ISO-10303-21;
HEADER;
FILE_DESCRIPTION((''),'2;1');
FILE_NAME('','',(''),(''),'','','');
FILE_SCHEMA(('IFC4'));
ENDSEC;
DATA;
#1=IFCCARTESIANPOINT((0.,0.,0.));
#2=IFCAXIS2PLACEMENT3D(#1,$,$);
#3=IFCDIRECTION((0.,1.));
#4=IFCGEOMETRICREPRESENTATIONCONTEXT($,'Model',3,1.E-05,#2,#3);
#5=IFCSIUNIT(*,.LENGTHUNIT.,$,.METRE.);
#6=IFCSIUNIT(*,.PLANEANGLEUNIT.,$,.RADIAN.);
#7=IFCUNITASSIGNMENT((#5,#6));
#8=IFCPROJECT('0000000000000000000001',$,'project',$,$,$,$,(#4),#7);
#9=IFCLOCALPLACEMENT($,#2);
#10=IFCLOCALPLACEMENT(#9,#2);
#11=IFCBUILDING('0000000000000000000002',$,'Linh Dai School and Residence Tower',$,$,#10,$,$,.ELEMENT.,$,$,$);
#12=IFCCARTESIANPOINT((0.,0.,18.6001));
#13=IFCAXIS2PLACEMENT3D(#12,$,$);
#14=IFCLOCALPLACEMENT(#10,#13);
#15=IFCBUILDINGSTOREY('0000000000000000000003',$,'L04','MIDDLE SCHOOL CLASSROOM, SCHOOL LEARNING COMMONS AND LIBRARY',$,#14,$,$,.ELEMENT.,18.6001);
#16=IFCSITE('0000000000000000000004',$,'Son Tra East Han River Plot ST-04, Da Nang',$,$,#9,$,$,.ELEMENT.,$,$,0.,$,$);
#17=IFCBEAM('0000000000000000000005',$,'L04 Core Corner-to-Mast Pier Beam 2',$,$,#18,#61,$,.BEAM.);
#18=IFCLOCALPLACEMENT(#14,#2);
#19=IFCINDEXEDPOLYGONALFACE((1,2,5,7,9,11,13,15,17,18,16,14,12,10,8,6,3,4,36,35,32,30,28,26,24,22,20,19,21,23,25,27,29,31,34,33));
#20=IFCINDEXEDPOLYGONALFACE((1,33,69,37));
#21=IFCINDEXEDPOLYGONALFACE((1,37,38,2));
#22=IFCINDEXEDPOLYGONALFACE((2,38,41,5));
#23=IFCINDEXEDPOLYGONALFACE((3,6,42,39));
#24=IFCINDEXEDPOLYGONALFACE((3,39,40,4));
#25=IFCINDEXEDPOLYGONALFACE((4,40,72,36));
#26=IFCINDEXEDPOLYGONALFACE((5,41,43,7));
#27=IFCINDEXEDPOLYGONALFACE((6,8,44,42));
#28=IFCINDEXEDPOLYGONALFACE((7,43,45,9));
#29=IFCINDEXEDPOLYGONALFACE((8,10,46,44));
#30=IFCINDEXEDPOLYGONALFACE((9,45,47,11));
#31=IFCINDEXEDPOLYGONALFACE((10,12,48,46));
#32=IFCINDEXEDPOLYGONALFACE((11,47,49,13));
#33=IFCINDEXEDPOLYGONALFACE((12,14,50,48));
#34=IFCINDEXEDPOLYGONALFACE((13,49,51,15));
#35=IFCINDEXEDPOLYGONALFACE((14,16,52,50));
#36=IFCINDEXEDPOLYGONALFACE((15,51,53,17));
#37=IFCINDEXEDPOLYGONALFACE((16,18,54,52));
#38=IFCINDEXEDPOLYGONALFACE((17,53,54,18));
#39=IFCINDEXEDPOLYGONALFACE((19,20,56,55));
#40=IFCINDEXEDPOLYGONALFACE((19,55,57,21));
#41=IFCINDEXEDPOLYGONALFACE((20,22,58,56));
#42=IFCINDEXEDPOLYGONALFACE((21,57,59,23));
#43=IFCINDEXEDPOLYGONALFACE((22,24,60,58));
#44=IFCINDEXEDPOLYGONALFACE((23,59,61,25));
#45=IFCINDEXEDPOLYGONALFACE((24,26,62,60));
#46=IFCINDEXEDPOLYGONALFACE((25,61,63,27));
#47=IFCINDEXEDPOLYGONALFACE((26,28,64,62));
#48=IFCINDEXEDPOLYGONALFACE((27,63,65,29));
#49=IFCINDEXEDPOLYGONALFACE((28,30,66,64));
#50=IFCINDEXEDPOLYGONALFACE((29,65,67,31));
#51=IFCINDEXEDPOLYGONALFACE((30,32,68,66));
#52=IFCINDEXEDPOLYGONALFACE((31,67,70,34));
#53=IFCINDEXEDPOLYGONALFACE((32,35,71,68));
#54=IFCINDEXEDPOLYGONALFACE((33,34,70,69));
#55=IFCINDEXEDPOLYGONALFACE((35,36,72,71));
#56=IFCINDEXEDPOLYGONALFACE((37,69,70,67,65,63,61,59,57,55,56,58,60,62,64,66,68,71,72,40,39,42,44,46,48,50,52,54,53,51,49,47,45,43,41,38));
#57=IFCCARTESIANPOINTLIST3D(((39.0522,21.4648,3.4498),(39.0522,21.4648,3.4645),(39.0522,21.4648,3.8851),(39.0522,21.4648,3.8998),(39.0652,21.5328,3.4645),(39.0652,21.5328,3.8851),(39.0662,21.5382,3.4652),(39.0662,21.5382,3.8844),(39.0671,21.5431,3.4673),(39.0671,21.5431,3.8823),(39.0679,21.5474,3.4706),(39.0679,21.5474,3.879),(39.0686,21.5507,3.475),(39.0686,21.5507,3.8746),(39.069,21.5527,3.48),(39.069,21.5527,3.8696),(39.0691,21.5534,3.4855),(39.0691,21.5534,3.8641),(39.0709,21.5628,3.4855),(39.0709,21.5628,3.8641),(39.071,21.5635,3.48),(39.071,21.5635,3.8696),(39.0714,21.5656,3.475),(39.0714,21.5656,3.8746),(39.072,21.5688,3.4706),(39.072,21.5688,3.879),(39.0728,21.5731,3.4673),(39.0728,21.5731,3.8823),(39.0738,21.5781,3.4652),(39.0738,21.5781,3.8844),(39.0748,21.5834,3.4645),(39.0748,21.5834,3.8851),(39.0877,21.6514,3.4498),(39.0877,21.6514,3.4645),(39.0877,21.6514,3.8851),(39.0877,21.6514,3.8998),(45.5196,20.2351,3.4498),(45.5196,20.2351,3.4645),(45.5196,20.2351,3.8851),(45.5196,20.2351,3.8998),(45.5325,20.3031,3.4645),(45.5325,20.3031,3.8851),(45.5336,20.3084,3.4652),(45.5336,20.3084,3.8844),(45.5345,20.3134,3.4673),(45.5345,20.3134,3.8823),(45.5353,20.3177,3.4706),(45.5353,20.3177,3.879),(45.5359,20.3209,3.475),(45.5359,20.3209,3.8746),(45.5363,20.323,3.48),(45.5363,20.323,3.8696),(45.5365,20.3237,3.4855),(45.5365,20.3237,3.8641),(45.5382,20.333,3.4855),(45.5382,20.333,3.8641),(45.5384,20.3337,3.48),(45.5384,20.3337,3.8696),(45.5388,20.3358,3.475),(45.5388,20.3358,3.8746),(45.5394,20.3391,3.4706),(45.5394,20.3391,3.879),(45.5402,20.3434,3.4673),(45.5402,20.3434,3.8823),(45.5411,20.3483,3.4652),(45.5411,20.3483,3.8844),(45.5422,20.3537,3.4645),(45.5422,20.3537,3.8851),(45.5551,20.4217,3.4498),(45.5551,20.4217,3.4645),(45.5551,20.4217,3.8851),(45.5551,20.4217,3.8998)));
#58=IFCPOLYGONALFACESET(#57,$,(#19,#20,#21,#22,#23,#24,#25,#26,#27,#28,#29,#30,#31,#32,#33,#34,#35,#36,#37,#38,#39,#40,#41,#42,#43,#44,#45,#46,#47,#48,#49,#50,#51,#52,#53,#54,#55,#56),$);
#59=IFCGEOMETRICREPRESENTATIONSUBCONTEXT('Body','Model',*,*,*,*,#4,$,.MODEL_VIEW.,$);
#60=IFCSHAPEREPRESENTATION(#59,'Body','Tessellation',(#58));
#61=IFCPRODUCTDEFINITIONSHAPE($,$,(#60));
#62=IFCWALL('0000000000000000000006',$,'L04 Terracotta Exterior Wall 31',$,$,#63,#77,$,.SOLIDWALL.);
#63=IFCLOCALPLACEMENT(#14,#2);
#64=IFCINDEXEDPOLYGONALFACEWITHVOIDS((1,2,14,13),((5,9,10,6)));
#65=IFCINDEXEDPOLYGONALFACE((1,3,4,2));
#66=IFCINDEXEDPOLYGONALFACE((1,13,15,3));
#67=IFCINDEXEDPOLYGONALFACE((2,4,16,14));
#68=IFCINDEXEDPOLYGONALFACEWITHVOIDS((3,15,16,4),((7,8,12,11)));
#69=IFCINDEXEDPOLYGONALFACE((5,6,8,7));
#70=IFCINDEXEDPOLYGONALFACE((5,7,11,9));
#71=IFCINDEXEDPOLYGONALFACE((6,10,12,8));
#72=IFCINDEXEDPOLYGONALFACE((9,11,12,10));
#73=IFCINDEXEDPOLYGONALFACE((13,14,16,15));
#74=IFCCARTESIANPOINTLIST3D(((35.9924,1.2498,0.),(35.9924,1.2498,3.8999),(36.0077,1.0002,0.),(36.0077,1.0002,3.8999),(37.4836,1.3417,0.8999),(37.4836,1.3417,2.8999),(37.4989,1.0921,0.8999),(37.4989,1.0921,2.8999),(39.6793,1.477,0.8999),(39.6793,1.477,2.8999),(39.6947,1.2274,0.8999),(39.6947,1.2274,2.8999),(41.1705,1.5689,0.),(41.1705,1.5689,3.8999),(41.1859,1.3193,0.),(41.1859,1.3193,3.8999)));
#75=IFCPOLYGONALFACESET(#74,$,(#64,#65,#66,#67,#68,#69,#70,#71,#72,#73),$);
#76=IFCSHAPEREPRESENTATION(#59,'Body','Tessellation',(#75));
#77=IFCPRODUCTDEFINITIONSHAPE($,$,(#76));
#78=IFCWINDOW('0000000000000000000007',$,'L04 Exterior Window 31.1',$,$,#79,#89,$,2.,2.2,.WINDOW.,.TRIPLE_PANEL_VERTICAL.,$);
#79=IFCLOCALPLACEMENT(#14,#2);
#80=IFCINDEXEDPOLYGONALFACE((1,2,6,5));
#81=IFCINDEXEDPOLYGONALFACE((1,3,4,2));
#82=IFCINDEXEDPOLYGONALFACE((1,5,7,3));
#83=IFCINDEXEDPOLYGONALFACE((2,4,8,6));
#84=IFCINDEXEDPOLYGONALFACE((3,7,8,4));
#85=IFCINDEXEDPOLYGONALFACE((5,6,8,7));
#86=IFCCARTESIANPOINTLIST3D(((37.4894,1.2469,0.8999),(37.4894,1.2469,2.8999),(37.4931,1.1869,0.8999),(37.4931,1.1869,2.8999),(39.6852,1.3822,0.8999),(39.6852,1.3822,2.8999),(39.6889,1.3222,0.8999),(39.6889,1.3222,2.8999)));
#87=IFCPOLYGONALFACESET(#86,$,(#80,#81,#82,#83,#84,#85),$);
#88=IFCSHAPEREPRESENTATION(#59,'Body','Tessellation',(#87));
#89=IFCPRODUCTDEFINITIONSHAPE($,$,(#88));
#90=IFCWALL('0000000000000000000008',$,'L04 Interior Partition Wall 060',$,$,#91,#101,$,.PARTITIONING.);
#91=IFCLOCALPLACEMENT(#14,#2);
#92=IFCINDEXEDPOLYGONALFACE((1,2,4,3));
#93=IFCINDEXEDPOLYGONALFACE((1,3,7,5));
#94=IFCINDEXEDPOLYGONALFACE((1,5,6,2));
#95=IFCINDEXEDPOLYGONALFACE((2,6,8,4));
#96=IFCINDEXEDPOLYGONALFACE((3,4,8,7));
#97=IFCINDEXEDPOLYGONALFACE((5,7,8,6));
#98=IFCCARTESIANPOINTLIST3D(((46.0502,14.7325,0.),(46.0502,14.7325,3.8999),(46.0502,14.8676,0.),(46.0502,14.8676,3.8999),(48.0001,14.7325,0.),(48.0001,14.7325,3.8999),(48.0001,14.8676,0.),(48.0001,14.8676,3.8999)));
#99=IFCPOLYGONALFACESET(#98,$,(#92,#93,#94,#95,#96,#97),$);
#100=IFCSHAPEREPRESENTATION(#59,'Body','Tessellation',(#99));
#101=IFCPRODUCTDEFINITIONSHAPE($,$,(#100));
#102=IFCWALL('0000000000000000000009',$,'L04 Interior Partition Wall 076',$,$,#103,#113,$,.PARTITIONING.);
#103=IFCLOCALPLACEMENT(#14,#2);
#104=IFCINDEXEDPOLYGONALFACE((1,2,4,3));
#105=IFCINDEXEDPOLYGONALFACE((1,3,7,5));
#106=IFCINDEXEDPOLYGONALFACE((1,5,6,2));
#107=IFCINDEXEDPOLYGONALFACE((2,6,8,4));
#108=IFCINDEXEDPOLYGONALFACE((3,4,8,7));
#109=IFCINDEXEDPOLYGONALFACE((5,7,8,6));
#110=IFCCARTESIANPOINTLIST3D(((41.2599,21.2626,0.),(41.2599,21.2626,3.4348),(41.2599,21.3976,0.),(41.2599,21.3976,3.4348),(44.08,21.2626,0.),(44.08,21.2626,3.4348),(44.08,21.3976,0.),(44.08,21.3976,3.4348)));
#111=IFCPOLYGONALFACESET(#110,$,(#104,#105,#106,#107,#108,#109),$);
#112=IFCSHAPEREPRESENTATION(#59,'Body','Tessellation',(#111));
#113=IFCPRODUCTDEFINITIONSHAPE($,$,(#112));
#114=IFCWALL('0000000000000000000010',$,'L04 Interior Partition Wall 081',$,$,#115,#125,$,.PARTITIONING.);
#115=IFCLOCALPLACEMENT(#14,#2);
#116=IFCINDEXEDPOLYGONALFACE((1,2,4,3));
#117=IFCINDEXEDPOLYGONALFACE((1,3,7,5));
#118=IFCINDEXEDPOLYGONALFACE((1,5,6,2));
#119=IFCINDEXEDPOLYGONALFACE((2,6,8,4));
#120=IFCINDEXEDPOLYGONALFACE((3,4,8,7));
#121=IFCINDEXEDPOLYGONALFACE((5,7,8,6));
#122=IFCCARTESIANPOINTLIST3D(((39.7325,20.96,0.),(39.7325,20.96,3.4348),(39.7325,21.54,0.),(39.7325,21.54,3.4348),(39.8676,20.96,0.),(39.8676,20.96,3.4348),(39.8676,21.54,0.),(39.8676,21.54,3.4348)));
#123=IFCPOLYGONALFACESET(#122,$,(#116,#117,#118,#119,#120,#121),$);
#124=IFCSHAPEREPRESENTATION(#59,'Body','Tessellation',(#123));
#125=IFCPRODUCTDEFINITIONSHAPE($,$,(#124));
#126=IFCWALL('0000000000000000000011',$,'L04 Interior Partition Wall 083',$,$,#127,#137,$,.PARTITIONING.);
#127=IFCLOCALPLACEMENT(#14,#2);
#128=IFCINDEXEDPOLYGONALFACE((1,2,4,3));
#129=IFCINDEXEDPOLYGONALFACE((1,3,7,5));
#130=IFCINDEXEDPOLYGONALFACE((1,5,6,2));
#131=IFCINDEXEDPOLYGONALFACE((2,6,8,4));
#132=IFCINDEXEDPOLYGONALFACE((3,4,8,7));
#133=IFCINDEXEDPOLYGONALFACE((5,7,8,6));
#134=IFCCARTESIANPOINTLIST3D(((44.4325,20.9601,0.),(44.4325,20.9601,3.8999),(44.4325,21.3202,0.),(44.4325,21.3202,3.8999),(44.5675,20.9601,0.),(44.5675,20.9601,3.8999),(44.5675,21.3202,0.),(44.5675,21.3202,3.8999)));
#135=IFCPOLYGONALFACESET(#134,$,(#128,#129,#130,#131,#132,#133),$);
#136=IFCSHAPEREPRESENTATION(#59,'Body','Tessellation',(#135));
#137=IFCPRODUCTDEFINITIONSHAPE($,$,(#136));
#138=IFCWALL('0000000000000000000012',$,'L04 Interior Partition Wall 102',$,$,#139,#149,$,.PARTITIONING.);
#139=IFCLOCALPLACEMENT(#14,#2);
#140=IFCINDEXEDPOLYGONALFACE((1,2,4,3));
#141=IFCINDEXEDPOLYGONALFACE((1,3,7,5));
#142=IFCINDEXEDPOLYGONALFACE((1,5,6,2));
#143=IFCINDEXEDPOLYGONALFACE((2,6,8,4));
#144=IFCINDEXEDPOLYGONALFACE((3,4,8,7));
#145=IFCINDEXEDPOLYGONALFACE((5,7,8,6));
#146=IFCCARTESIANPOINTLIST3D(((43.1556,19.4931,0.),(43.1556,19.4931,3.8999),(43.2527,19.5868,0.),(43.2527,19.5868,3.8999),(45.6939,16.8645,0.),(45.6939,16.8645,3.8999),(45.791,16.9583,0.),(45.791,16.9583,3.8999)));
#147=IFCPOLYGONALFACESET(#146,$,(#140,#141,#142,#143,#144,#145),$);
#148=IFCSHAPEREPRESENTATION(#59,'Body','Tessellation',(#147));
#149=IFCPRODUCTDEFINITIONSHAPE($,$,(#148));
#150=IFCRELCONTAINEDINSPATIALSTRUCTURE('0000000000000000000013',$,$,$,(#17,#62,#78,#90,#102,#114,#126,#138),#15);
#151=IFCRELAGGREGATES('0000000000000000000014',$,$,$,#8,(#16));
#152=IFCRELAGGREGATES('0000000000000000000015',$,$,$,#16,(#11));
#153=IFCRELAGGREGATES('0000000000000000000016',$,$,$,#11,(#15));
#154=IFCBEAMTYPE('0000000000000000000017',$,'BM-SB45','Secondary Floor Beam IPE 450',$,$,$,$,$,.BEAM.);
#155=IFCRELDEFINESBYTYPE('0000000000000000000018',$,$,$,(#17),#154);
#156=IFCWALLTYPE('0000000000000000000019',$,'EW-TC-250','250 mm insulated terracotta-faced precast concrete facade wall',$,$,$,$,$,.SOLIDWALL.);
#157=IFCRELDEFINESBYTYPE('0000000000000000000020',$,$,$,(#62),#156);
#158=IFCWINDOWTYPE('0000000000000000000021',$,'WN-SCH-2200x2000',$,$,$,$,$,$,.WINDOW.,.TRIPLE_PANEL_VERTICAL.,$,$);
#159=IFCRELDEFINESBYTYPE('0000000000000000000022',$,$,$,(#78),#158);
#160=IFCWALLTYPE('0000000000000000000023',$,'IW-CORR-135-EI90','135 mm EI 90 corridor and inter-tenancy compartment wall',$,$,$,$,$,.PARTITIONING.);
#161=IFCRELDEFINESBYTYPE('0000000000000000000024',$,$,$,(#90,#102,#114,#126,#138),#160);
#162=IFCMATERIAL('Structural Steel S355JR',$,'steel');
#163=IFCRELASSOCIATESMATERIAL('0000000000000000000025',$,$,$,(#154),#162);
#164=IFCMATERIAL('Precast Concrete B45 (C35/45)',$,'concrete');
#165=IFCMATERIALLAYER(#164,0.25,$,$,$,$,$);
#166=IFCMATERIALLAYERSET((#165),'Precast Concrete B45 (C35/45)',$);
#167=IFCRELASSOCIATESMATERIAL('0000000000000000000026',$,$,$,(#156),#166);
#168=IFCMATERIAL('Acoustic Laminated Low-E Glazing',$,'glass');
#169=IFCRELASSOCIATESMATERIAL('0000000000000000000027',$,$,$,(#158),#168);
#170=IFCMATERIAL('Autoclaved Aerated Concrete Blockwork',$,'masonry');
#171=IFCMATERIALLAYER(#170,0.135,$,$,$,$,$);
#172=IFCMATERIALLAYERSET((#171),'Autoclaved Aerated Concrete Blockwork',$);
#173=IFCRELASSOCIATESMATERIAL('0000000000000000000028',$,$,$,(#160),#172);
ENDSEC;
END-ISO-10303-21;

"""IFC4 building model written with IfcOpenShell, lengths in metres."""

from ifc_helpers import new_model, si_unit, direction, frame, frame_2d, origin, origin_2d, place, context, subcontext, project, spatial, rectangle, i_section, extrude, source, transform, mapped, material, layer, layer_set, material_profile, profile_set, type_object, element, fill, save


model = new_model("IFC4")

# Units and contexts
model_context = context("Model", 3, precision=1e-05, world=origin(), true_north=direction((0.0, 1.0)))
body_context = subcontext(model_context, "Body", "Model", "MODEL_VIEW")
ifc_project = project(units=[si_unit("LENGTHUNIT", "METRE"), si_unit("PLANEANGLEUNIT", "RADIAN")], contexts=[model_context])

# Site, building, storey
site_placement = place(None, origin())
site = spatial("IfcSite", under=ifc_project, at=site_placement, Name="Son Tra East Han River Plot ST-04, Da Nang", CompositionType="ELEMENT", RefElevation=0.0)
building_placement = place(site_placement, origin())
building = spatial("IfcBuilding", under=site, at=building_placement, Name="Linh Dai School and Residence Tower", CompositionType="ELEMENT")
storey_placement = place(building_placement, frame((0.0, 0.0, 18.6001)))
storey = spatial("IfcBuildingStorey", under=building, at=storey_placement, Name="L04", Description="MIDDLE SCHOOL CLASSROOM, SCHOOL LEARNING COMMONS AND LIBRARY", CompositionType="ELEMENT", Elevation=18.6001)

# Shared definitions
ifc_material_1 = material(Name="Structural Steel S355JR", Category="steel")

# Beam
ifc_material_profile_1 = material_profile(ifc_material_1, i_section(OverallWidth=0.1899, OverallDepth=0.45, WebThickness=0.0095, FlangeThickness=0.0146, FilletRadius=0.021, at=origin_2d()), Name="IPE 450")
ifc_profile_set_1 = profile_set([ifc_material_profile_1], Name="Structural Steel S355JR")
beam_type_1 = type_object("IfcBeamType", Name="BM-SB45", Description="Secondary Floor Beam IPE 450", PredefinedType="BEAM", material=ifc_profile_set_1)
beam_1_placement = place(storey_placement, frame((45.5374, 20.3284, 3.6748), z_axis=(-0.982398, 0.1868, 0.0), x_axis=(-0.1868, -0.982398, 0.0)))
element("IfcBeam", 1, at=beam_1_placement, inside=storey, type_object=beam_type_1, Name="L04 Core Corner-to-Mast Pier Beam 2", PredefinedType="BEAM", context=body_context, shape_type="SweptSolid", body=[
    extrude(i_section(OverallWidth=0.1899, OverallDepth=0.45, WebThickness=0.0095, FlangeThickness=0.0146, FilletRadius=0.021, at=origin_2d()), origin(), (0.0, 0.0, 1.0), 6.5833),
])

# Wall, opening, window
ifc_material_2 = material(Name="Precast Concrete B45 (C35/45)", Category="concrete")
ifc_layer_1 = layer(ifc_material_2, 0.25)
ifc_layer_set_1 = layer_set([ifc_layer_1], Name="Precast Concrete B45 (C35/45)")
wall_type_1 = type_object("IfcWallType", Name="EW-TC-250", Description="250 mm insulated terracotta-faced precast concrete facade wall", PredefinedType="SOLIDWALL", material=ifc_layer_set_1)
wall_1_placement = place(storey_placement, frame((41.1782, 1.4441, 0.0), z_axis=(0.0, 0.0, 1.0), x_axis=(-0.998107, -0.061505, 0.0)))
wall_1 = element("IfcWall", 2, at=wall_1_placement, inside=storey, type_object=wall_type_1, Name="L04 Terracotta Exterior Wall 31", PredefinedType="SOLIDWALL", context=body_context, shape_type="SweptSolid", body=[
    extrude(rectangle(XDim=5.188, YDim=0.25, at=frame_2d((2.594, 0.0))), origin(), (0.0, 0.0, 1.0), 3.8999),
])
opening_1_placement = place(wall_1_placement, frame((1.4939, 0.0, 0.8999)))
opening_1 = element("IfcOpeningElement", 3, at=opening_1_placement, cuts=wall_1, PredefinedType="OPENING", context=body_context, shape_type="SweptSolid", body=[
    extrude(rectangle(XDim=2.2, YDim=2.0, at=origin_2d()), frame((1.1001, 0.135, 1.0), z_axis=(0.0, -1.0, 0.0), x_axis=(1.0, 0.0, 0.0)), (0.0, 0.0, 1.0), 0.27),
])
ifc_material_3 = material(Name="Acoustic Laminated Low-E Glazing", Category="glass")
window_type = type_object("IfcWindowType", Name="WN-SCH-2200x2000", PartitioningType="TRIPLE_PANEL_VERTICAL", PredefinedType="WINDOW", material=ifc_material_3)
shared_shape_1 = source(origin(), body_context, "Body", "SweptSolid", [
    extrude(rectangle(XDim=2.2, YDim=2.0, at=origin_2d()), frame((1.1001, 0.03, 1.0), z_axis=(0.0, -1.0, 0.0), x_axis=(1.0, 0.0, 0.0)), (0.0, 0.0, 1.0), 0.0601),
])
window_placement = place(opening_1_placement, origin())
window = element("IfcWindow", 4, at=window_placement, inside=storey, type_object=window_type, Name="L04 Exterior Window 31.1", OverallHeight=2.0, OverallWidth=2.2, PartitioningType="TRIPLE_PANEL_VERTICAL", PredefinedType="WINDOW", context=body_context, shape_type="MappedRepresentation", body=[
    mapped(shared_shape_1, transform((0.0, 0.0, 0.0), x_axis=(1.0, 0.0, 0.0), y_axis=(0.0, 1.0, 0.0), z_axis=(0.0, 0.0, 1.0), scale=1.0)),
])
fill(opening_1, window)

# Shared definitions
ifc_material_4 = material(Name="Autoclaved Aerated Concrete Blockwork", Category="masonry")
ifc_layer_2 = layer(ifc_material_4, 0.135)
ifc_layer_set_2 = layer_set([ifc_layer_2], Name="Autoclaved Aerated Concrete Blockwork")
wall_type_2 = type_object("IfcWallType", Name="IW-CORR-135-EI90", Description="135 mm EI 90 corridor and inter-tenancy compartment wall", PredefinedType="PARTITIONING", material=ifc_layer_set_2)

# Walls
wall_2_placement = place(storey_placement, frame((46.05, 14.8, 0.0), z_axis=(0.0, 0.0, 1.0), x_axis=(1.0, 0.0, 0.0)))
element("IfcWall", 5, at=wall_2_placement, inside=storey, type_object=wall_type_2, Name="L04 Interior Partition Wall 060", PredefinedType="PARTITIONING", context=body_context, shape_type="SweptSolid", body=[
    extrude(rectangle(XDim=1.95, YDim=0.135, at=frame_2d((0.9751, 0.0))), origin(), (0.0, 0.0, 1.0), 3.8999),
])
wall_3_placement = place(storey_placement, frame((44.0801, 21.3301, 0.0), z_axis=(0.0, 0.0, 1.0), x_axis=(-1.0, 0.0, 0.0)))
element("IfcWall", 6, at=wall_3_placement, inside=storey, type_object=wall_type_2, Name="L04 Interior Partition Wall 076", PredefinedType="PARTITIONING", context=body_context, shape_type="SweptSolid", body=[
    extrude(rectangle(XDim=2.8201, YDim=0.135, at=frame_2d((1.4102, 0.0))), origin(), (0.0, 0.0, 1.0), 3.4348),
])
wall_4_placement = place(storey_placement, frame((39.8, 20.96, 0.0), z_axis=(0.0, 0.0, 1.0), x_axis=(0.0, 1.0, 0.0)))
element("IfcWall", 7, at=wall_4_placement, inside=storey, type_object=wall_type_2, Name="L04 Interior Partition Wall 081", PredefinedType="PARTITIONING", context=body_context, shape_type="SweptSolid", body=[
    extrude(rectangle(XDim=0.5801, YDim=0.135, at=frame_2d((0.29, 0.0))), origin(), (0.0, 0.0, 1.0), 3.4348),
])
wall_5_placement = place(storey_placement, frame((44.5, 20.96, 0.0), z_axis=(0.0, 0.0, 1.0), x_axis=(0.0, 1.0, 0.0)))
element("IfcWall", 8, at=wall_5_placement, inside=storey, type_object=wall_type_2, Name="L04 Interior Partition Wall 083", PredefinedType="PARTITIONING", context=body_context, shape_type="SweptSolid", body=[
    extrude(rectangle(XDim=0.3601, YDim=0.135, at=frame_2d((0.1802, 0.0))), origin(), (0.0, 0.0, 1.0), 3.8999),
])
wall_6_placement = place(storey_placement, frame((43.2041, 19.54, 0.0), z_axis=(0.0, 0.0, 1.0), x_axis=(0.694639, -0.719359, 0.0)))
element("IfcWall", 9, at=wall_6_placement, inside=storey, type_object=wall_type_2, Name="L04 Interior Partition Wall 102", PredefinedType="PARTITIONING", context=body_context, shape_type="SweptSolid", body=[
    extrude(rectangle(XDim=3.6541, YDim=0.135, at=frame_2d((1.8271, 0.0))), origin(), (0.0, 0.0, 1.0), 3.8999),
])

save(model, "model.ifc")
